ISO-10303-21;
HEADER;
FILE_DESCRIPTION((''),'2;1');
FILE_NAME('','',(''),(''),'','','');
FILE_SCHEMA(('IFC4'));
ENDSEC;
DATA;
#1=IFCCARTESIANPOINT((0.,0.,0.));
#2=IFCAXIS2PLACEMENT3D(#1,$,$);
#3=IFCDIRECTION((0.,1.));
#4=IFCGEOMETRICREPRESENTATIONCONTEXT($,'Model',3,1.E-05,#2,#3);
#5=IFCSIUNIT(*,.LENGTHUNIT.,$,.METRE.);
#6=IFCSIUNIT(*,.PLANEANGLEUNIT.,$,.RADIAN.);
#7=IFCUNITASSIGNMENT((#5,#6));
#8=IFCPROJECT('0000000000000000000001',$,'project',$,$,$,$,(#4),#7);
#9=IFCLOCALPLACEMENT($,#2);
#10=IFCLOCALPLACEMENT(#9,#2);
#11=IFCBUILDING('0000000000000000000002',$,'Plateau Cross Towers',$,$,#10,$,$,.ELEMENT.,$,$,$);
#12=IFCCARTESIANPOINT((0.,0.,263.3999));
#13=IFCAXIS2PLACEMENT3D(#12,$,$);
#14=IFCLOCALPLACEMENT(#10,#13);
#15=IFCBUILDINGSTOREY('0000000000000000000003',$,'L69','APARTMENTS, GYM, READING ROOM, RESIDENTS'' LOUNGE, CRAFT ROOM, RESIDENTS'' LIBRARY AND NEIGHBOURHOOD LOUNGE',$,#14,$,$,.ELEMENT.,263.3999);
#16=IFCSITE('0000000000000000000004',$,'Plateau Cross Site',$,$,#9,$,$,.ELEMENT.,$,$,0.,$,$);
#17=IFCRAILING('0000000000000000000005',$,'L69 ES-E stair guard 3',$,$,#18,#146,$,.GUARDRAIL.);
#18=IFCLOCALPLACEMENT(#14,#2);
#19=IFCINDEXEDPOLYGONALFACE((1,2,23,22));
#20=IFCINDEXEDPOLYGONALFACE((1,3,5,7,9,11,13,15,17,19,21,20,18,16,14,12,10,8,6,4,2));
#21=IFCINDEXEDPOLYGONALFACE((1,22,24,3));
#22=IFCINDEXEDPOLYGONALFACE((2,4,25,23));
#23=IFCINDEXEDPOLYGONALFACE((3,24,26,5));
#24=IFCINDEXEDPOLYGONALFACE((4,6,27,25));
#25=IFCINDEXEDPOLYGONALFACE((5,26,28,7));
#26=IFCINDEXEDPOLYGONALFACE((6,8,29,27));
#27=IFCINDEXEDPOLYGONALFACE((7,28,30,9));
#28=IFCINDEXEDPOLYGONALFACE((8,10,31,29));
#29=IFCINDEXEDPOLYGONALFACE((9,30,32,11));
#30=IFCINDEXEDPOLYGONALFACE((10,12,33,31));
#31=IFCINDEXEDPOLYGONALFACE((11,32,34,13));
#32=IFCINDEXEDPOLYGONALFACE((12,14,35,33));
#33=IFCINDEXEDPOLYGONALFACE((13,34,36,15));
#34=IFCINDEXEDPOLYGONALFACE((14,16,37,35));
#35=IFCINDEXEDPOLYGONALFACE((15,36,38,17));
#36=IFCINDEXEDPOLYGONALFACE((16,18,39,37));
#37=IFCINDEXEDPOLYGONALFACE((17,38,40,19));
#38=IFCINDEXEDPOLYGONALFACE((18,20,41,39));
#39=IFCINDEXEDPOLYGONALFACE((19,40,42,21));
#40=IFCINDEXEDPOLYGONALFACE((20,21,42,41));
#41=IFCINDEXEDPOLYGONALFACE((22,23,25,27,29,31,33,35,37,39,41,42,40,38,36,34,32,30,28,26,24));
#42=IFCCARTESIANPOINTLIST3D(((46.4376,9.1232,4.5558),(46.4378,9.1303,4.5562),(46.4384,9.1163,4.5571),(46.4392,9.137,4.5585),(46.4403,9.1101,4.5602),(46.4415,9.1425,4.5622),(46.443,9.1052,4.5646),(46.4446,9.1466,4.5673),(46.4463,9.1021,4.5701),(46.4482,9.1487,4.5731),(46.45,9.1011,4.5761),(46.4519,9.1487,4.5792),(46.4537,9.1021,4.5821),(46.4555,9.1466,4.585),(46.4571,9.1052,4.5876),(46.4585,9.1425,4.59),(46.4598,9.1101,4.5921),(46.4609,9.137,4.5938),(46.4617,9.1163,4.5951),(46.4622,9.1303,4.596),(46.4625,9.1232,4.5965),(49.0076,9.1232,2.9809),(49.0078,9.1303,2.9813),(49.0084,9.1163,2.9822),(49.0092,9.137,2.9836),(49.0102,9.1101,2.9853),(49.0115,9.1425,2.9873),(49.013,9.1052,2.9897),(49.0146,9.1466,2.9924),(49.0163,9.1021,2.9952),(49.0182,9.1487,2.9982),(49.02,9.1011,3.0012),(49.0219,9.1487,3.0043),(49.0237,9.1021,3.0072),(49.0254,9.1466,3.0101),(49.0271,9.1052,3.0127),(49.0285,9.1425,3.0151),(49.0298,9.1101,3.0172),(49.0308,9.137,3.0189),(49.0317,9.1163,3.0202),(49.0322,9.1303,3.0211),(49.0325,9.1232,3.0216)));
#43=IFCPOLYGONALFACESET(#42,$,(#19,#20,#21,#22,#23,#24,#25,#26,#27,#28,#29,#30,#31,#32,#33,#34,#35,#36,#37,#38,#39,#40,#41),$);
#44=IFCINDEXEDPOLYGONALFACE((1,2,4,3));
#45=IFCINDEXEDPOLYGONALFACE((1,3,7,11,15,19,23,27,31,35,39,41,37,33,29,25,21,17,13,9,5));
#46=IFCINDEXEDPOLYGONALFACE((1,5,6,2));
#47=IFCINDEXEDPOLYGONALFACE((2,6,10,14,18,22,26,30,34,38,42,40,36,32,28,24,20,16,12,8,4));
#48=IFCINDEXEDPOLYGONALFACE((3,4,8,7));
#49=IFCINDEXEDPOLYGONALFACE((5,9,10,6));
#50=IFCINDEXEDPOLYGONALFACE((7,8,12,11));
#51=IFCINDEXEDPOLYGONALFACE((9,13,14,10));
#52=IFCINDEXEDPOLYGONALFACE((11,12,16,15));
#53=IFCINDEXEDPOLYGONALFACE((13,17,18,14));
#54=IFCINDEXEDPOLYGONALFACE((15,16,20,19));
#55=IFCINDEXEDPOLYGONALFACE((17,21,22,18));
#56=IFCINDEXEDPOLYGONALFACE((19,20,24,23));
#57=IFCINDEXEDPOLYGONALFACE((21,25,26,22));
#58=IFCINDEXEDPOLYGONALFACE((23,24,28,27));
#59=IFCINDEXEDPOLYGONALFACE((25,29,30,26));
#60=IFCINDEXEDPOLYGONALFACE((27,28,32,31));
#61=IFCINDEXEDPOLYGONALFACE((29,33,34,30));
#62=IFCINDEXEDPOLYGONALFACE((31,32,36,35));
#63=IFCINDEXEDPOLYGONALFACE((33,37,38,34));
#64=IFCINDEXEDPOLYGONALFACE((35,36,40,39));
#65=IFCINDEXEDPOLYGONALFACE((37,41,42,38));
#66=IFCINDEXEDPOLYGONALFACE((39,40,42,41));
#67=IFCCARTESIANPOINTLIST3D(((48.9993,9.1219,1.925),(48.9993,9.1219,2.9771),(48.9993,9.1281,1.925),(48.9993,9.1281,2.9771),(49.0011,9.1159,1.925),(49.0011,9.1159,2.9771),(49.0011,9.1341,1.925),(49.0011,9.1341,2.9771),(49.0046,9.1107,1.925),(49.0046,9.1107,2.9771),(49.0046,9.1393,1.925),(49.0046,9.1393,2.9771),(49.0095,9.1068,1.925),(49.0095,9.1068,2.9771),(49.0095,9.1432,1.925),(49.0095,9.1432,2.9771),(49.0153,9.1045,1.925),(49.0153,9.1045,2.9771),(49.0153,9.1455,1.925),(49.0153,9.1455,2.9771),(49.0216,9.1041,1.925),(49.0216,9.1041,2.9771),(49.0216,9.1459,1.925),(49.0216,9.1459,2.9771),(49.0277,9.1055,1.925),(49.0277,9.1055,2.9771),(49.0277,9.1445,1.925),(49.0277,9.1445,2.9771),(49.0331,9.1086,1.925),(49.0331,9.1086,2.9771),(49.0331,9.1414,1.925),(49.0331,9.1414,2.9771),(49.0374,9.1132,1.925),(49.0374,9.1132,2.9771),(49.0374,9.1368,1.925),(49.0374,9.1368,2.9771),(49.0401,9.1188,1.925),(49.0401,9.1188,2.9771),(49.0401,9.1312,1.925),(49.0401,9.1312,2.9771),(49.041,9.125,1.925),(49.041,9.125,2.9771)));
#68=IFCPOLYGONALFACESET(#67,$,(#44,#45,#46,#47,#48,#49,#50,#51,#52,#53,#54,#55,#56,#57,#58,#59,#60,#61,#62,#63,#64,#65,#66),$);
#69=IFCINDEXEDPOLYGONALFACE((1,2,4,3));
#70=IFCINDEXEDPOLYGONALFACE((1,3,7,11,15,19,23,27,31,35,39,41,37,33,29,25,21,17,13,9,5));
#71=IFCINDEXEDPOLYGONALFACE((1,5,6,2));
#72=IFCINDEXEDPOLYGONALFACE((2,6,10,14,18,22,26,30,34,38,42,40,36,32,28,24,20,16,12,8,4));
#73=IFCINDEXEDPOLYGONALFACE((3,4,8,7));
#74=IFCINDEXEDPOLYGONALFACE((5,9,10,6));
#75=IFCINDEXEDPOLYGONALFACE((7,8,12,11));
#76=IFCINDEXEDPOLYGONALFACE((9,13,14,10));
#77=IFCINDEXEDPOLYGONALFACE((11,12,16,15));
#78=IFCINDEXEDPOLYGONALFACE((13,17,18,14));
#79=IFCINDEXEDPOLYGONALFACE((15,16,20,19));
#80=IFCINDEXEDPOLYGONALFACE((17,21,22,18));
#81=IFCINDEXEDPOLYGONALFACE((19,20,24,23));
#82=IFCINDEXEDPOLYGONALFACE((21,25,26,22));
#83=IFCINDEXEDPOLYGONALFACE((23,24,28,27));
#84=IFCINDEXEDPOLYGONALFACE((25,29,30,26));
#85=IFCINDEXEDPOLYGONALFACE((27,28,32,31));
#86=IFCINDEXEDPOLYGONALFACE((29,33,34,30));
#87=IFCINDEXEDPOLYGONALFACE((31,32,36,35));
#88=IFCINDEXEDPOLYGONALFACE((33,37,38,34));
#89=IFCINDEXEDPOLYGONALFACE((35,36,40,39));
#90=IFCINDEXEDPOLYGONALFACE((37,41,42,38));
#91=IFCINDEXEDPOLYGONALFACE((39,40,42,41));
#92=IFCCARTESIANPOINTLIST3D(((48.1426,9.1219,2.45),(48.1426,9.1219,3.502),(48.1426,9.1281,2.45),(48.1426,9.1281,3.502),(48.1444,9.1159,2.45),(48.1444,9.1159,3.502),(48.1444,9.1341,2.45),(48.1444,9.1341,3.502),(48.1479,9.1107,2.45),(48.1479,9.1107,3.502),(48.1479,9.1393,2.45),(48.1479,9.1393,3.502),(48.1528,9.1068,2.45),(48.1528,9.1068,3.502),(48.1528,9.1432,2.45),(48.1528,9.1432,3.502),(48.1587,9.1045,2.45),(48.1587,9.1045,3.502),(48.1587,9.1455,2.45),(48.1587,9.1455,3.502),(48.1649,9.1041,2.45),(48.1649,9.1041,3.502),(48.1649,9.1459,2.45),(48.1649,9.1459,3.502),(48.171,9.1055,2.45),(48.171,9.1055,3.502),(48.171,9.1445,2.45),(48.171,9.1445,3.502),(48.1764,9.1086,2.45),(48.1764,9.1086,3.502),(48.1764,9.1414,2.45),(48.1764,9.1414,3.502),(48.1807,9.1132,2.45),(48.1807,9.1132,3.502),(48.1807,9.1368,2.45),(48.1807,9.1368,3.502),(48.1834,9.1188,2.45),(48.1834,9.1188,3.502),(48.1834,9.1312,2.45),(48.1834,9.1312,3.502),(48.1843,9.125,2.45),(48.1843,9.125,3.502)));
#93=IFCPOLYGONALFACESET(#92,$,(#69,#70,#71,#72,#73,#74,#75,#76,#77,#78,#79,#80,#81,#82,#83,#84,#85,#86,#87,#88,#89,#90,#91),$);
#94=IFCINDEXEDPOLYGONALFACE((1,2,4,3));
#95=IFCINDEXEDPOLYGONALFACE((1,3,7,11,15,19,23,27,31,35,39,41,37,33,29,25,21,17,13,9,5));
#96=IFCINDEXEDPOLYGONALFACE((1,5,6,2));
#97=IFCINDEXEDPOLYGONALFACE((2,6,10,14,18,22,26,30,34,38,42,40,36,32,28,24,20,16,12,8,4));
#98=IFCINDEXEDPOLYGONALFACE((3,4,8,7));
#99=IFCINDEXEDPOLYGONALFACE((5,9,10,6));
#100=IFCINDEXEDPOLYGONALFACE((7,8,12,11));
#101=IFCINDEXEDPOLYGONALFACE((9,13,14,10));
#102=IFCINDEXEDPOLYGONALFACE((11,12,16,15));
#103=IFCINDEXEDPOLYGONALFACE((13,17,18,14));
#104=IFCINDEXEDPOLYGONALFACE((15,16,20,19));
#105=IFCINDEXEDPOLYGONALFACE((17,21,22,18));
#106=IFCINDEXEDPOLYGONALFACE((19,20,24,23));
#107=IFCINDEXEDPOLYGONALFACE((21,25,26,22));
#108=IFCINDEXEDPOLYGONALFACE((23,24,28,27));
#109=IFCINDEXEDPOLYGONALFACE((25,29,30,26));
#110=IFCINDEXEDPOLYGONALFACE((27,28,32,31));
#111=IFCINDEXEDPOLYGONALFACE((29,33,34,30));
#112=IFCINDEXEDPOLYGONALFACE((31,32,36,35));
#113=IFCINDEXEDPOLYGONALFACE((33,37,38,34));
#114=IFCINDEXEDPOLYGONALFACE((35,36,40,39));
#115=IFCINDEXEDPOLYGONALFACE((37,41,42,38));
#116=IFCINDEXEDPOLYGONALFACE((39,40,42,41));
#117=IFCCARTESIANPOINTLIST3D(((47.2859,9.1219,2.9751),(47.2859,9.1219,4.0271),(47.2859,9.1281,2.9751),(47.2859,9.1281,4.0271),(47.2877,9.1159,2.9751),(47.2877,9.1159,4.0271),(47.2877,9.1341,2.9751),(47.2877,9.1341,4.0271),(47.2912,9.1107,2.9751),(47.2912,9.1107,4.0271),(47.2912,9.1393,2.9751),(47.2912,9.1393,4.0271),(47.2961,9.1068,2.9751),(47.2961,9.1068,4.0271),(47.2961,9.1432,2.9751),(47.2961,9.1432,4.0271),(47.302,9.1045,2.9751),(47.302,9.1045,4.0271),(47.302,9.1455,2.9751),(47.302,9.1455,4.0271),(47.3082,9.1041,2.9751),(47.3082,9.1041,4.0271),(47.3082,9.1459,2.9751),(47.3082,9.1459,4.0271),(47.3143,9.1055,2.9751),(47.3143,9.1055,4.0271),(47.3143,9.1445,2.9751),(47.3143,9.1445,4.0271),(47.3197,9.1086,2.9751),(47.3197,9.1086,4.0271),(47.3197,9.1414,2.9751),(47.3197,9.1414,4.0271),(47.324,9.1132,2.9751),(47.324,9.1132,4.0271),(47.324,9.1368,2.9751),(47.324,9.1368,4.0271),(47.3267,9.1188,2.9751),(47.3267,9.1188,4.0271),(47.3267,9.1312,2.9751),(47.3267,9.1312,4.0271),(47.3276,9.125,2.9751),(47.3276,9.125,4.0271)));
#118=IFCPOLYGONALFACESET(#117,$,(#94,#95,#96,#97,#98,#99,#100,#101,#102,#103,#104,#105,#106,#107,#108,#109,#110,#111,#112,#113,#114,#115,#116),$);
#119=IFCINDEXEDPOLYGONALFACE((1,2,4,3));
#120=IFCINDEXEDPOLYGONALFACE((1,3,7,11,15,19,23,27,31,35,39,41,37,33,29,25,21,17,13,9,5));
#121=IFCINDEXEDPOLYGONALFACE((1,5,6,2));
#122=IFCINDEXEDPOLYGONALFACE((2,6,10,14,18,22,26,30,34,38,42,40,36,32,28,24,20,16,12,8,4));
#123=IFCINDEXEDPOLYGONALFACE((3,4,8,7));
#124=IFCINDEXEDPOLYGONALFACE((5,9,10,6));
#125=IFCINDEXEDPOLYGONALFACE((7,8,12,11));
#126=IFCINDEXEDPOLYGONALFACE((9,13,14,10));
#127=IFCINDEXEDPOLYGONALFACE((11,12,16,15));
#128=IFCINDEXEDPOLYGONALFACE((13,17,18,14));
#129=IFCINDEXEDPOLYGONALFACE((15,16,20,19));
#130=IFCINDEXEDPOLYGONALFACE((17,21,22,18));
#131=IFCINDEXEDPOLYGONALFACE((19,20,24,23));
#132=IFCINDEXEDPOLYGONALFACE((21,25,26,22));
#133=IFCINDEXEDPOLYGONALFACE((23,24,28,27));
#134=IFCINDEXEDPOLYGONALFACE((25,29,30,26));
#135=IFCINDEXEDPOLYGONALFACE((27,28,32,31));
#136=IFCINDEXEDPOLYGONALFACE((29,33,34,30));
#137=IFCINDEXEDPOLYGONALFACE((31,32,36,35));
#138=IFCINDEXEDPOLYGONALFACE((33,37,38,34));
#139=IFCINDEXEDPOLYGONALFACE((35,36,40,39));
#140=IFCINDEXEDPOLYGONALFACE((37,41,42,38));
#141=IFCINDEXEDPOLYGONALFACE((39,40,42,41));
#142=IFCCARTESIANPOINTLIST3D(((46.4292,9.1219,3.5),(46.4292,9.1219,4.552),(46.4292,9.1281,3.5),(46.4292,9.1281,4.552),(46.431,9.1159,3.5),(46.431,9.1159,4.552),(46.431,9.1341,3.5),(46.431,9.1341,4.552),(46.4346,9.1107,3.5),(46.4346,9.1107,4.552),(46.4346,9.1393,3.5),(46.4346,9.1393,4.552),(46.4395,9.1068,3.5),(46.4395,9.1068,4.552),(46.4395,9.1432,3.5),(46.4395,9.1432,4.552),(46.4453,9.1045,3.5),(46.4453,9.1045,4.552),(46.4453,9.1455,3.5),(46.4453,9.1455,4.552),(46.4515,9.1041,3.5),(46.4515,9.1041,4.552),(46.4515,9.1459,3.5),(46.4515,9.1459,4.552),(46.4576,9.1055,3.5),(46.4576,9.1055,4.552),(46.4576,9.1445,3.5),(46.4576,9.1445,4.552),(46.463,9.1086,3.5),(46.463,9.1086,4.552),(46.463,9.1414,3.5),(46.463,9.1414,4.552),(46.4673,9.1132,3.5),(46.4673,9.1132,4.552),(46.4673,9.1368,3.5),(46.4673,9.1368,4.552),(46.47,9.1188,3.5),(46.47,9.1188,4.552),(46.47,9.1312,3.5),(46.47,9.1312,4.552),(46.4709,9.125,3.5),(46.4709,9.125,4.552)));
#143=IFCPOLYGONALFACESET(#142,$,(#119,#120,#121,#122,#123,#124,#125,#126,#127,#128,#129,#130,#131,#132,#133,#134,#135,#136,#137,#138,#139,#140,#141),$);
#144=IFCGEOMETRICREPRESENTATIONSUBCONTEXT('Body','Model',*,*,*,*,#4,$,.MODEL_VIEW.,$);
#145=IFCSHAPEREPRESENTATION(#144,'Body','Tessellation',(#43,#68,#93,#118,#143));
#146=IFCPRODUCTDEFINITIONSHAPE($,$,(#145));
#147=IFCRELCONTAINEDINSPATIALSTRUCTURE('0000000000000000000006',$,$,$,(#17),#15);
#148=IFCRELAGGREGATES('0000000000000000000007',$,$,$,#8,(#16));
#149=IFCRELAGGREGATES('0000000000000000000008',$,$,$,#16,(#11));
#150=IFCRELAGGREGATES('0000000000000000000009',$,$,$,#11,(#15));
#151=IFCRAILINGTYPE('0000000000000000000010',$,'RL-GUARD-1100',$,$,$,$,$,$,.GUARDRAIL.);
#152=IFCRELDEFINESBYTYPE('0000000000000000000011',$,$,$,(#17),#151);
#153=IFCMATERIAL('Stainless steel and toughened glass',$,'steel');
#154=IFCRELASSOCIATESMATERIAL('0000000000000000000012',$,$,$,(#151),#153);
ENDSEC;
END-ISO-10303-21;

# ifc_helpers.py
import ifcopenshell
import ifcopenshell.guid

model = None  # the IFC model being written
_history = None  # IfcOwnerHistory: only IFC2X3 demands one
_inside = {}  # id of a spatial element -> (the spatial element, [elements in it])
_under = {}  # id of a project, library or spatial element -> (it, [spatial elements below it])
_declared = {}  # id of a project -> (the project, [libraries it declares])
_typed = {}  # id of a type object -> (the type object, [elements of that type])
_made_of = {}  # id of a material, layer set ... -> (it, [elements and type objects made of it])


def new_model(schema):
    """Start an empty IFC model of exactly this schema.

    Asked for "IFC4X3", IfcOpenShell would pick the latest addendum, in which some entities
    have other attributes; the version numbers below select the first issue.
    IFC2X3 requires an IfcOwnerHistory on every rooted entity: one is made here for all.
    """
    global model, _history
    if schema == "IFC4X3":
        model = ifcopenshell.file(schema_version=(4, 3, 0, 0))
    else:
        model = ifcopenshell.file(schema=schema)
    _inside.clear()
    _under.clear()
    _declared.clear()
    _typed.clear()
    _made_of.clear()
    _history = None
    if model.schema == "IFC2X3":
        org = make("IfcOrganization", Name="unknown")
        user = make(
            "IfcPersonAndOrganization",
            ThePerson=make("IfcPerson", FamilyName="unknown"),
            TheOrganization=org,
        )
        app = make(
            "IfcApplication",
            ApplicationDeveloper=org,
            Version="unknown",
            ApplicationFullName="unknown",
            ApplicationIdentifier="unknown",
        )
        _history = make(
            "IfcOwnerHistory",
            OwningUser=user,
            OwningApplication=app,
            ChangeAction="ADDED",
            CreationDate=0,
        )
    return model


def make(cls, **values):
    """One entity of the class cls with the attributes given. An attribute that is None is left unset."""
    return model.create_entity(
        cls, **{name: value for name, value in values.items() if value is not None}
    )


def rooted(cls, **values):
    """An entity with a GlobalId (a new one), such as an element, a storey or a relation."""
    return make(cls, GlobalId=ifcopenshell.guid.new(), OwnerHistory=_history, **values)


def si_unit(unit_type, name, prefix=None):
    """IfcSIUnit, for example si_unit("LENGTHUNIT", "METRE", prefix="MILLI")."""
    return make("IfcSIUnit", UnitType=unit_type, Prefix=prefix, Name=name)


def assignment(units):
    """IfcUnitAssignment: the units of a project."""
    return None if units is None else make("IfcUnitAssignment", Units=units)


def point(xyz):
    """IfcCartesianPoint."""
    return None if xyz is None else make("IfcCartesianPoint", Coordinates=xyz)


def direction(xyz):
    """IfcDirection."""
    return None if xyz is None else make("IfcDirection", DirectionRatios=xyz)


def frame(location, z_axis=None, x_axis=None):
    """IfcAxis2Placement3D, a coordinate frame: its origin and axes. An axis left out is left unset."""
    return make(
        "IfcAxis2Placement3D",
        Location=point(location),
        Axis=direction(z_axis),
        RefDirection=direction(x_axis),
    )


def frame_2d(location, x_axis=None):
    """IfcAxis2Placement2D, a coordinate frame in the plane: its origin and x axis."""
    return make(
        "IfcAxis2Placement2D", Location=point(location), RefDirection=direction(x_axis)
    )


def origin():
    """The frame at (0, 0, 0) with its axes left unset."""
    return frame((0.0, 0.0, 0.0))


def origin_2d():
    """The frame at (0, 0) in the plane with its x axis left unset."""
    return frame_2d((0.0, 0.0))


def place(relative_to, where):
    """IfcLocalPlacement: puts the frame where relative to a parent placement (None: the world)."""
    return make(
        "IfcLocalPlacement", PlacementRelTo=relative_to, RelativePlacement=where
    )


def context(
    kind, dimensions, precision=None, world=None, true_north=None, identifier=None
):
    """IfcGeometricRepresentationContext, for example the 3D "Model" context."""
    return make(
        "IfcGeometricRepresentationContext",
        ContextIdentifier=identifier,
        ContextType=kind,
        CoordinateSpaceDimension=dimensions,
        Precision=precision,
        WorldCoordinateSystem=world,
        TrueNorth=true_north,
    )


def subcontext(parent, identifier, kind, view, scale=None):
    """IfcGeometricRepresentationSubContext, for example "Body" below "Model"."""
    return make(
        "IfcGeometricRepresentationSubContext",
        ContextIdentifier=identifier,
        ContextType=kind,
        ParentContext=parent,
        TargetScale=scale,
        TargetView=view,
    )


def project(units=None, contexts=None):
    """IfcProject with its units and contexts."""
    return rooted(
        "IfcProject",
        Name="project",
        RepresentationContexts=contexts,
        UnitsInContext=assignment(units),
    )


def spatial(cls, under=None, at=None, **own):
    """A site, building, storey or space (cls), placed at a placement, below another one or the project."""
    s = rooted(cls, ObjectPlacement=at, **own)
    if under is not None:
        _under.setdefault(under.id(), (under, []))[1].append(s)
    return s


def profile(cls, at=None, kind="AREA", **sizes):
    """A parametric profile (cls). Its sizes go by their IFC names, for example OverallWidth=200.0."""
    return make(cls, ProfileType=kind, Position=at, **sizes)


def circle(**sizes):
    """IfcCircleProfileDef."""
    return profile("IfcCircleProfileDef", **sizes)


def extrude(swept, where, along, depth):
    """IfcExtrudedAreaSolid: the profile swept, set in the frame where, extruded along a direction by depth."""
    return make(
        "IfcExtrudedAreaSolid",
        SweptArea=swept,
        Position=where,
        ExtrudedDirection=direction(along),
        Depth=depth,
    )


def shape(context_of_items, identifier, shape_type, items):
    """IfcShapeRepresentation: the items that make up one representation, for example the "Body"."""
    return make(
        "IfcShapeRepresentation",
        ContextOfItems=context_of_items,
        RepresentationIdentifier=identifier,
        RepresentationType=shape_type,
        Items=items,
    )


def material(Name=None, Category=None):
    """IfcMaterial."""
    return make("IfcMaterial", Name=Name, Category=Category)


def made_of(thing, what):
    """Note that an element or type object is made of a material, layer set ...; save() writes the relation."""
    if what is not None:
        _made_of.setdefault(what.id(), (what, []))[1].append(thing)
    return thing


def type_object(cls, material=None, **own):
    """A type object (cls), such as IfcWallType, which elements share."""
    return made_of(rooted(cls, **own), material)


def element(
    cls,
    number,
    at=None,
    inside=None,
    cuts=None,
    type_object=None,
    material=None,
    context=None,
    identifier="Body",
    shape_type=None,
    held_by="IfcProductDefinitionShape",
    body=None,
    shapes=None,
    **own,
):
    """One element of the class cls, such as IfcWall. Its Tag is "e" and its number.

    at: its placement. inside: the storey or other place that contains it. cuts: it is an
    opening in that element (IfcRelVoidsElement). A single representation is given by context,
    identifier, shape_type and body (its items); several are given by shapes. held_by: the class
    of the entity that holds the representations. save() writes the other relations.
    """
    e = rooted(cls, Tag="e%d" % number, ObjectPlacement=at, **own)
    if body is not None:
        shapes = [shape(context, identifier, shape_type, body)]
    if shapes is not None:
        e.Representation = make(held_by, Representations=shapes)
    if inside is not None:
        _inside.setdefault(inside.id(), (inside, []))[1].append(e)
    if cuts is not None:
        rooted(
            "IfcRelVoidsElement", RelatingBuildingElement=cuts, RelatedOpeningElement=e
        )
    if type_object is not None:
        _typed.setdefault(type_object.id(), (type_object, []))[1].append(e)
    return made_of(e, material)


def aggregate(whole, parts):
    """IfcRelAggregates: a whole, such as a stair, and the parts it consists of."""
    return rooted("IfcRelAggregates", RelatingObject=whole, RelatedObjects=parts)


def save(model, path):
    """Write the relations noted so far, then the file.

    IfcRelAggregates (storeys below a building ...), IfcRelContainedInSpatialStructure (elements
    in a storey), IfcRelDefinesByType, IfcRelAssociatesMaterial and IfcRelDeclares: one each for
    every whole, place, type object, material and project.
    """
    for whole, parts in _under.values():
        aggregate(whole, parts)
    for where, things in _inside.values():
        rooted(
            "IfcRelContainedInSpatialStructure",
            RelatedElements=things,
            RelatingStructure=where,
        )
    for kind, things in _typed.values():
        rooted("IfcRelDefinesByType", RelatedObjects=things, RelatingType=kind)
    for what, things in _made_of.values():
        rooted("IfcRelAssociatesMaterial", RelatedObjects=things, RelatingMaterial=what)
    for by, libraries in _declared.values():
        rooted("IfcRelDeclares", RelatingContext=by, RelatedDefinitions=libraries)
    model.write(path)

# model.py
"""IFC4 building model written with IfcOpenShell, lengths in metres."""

from ifc_helpers import new_model, si_unit, direction, frame, origin, origin_2d, place, context, subcontext, project, spatial, circle, extrude, material, type_object, element, save


model = new_model("IFC4")

# Units and contexts
model_context = context("Model", 3, precision=1e-05, world=origin(), true_north=direction((0.0, 1.0)))
body_context = subcontext(model_context, "Body", "Model", "MODEL_VIEW")
ifc_project = project(units=[si_unit("LENGTHUNIT", "METRE"), si_unit("PLANEANGLEUNIT", "RADIAN")], contexts=[model_context])

# Site, building, storey
site_placement = place(None, origin())
site = spatial("IfcSite", under=ifc_project, at=site_placement, Name="Plateau Cross Site", CompositionType="ELEMENT", RefElevation=0.0)
building_placement = place(site_placement, origin())
building = spatial("IfcBuilding", under=site, at=building_placement, Name="Plateau Cross Towers", CompositionType="ELEMENT")
storey_placement = place(building_placement, frame((0.0, 0.0, 263.3999)))
storey = spatial("IfcBuildingStorey", under=building, at=storey_placement, Name="L69", Description="APARTMENTS, GYM, READING ROOM, RESIDENTS' LOUNGE, CRAFT ROOM, RESIDENTS' LIBRARY AND NEIGHBOURHOOD LOUNGE", CompositionType="ELEMENT", Elevation=263.3999)

# Railing
ifc_material_1 = material(Name="Stainless steel and toughened glass", Category="steel")
railing_type_1 = type_object("IfcRailingType", Name="RL-GUARD-1100", PredefinedType="GUARDRAIL", material=ifc_material_1)
railing_1_placement = place(storey_placement, frame((49.02, 9.125, 1.925)))
element("IfcRailing", 1, at=railing_1_placement, inside=storey, type_object=railing_type_1, Name="L69 ES-E stair guard 3", PredefinedType="GUARDRAIL", context=body_context, shape_type="SweptSolid", body=[
    extrude(circle(Radius=0.0239, at=origin_2d()), frame((0.0, 0.0, 1.0762), z_axis=(-0.852639, 0.0, 0.522501), x_axis=(0.0, -1.0, 0.0)), (0.0, 0.0, 1.0), 3.0142),
    extrude(circle(Radius=0.021, at=origin_2d()), origin(), (0.0, 0.0, 1.0), 1.052),
    extrude(circle(Radius=0.021, at=origin_2d()), frame((-0.8567, 0.0, 0.5249)), (0.0, 0.0, 1.0), 1.052),
    extrude(circle(Radius=0.021, at=origin_2d()), frame((-1.7134, 0.0, 1.05)), (0.0, 0.0, 1.0), 1.052),
    extrude(circle(Radius=0.021, at=origin_2d()), frame((-2.5701, 0.0, 1.575)), (0.0, 0.0, 1.0), 1.052),
])

save(model, "model.ifc")
